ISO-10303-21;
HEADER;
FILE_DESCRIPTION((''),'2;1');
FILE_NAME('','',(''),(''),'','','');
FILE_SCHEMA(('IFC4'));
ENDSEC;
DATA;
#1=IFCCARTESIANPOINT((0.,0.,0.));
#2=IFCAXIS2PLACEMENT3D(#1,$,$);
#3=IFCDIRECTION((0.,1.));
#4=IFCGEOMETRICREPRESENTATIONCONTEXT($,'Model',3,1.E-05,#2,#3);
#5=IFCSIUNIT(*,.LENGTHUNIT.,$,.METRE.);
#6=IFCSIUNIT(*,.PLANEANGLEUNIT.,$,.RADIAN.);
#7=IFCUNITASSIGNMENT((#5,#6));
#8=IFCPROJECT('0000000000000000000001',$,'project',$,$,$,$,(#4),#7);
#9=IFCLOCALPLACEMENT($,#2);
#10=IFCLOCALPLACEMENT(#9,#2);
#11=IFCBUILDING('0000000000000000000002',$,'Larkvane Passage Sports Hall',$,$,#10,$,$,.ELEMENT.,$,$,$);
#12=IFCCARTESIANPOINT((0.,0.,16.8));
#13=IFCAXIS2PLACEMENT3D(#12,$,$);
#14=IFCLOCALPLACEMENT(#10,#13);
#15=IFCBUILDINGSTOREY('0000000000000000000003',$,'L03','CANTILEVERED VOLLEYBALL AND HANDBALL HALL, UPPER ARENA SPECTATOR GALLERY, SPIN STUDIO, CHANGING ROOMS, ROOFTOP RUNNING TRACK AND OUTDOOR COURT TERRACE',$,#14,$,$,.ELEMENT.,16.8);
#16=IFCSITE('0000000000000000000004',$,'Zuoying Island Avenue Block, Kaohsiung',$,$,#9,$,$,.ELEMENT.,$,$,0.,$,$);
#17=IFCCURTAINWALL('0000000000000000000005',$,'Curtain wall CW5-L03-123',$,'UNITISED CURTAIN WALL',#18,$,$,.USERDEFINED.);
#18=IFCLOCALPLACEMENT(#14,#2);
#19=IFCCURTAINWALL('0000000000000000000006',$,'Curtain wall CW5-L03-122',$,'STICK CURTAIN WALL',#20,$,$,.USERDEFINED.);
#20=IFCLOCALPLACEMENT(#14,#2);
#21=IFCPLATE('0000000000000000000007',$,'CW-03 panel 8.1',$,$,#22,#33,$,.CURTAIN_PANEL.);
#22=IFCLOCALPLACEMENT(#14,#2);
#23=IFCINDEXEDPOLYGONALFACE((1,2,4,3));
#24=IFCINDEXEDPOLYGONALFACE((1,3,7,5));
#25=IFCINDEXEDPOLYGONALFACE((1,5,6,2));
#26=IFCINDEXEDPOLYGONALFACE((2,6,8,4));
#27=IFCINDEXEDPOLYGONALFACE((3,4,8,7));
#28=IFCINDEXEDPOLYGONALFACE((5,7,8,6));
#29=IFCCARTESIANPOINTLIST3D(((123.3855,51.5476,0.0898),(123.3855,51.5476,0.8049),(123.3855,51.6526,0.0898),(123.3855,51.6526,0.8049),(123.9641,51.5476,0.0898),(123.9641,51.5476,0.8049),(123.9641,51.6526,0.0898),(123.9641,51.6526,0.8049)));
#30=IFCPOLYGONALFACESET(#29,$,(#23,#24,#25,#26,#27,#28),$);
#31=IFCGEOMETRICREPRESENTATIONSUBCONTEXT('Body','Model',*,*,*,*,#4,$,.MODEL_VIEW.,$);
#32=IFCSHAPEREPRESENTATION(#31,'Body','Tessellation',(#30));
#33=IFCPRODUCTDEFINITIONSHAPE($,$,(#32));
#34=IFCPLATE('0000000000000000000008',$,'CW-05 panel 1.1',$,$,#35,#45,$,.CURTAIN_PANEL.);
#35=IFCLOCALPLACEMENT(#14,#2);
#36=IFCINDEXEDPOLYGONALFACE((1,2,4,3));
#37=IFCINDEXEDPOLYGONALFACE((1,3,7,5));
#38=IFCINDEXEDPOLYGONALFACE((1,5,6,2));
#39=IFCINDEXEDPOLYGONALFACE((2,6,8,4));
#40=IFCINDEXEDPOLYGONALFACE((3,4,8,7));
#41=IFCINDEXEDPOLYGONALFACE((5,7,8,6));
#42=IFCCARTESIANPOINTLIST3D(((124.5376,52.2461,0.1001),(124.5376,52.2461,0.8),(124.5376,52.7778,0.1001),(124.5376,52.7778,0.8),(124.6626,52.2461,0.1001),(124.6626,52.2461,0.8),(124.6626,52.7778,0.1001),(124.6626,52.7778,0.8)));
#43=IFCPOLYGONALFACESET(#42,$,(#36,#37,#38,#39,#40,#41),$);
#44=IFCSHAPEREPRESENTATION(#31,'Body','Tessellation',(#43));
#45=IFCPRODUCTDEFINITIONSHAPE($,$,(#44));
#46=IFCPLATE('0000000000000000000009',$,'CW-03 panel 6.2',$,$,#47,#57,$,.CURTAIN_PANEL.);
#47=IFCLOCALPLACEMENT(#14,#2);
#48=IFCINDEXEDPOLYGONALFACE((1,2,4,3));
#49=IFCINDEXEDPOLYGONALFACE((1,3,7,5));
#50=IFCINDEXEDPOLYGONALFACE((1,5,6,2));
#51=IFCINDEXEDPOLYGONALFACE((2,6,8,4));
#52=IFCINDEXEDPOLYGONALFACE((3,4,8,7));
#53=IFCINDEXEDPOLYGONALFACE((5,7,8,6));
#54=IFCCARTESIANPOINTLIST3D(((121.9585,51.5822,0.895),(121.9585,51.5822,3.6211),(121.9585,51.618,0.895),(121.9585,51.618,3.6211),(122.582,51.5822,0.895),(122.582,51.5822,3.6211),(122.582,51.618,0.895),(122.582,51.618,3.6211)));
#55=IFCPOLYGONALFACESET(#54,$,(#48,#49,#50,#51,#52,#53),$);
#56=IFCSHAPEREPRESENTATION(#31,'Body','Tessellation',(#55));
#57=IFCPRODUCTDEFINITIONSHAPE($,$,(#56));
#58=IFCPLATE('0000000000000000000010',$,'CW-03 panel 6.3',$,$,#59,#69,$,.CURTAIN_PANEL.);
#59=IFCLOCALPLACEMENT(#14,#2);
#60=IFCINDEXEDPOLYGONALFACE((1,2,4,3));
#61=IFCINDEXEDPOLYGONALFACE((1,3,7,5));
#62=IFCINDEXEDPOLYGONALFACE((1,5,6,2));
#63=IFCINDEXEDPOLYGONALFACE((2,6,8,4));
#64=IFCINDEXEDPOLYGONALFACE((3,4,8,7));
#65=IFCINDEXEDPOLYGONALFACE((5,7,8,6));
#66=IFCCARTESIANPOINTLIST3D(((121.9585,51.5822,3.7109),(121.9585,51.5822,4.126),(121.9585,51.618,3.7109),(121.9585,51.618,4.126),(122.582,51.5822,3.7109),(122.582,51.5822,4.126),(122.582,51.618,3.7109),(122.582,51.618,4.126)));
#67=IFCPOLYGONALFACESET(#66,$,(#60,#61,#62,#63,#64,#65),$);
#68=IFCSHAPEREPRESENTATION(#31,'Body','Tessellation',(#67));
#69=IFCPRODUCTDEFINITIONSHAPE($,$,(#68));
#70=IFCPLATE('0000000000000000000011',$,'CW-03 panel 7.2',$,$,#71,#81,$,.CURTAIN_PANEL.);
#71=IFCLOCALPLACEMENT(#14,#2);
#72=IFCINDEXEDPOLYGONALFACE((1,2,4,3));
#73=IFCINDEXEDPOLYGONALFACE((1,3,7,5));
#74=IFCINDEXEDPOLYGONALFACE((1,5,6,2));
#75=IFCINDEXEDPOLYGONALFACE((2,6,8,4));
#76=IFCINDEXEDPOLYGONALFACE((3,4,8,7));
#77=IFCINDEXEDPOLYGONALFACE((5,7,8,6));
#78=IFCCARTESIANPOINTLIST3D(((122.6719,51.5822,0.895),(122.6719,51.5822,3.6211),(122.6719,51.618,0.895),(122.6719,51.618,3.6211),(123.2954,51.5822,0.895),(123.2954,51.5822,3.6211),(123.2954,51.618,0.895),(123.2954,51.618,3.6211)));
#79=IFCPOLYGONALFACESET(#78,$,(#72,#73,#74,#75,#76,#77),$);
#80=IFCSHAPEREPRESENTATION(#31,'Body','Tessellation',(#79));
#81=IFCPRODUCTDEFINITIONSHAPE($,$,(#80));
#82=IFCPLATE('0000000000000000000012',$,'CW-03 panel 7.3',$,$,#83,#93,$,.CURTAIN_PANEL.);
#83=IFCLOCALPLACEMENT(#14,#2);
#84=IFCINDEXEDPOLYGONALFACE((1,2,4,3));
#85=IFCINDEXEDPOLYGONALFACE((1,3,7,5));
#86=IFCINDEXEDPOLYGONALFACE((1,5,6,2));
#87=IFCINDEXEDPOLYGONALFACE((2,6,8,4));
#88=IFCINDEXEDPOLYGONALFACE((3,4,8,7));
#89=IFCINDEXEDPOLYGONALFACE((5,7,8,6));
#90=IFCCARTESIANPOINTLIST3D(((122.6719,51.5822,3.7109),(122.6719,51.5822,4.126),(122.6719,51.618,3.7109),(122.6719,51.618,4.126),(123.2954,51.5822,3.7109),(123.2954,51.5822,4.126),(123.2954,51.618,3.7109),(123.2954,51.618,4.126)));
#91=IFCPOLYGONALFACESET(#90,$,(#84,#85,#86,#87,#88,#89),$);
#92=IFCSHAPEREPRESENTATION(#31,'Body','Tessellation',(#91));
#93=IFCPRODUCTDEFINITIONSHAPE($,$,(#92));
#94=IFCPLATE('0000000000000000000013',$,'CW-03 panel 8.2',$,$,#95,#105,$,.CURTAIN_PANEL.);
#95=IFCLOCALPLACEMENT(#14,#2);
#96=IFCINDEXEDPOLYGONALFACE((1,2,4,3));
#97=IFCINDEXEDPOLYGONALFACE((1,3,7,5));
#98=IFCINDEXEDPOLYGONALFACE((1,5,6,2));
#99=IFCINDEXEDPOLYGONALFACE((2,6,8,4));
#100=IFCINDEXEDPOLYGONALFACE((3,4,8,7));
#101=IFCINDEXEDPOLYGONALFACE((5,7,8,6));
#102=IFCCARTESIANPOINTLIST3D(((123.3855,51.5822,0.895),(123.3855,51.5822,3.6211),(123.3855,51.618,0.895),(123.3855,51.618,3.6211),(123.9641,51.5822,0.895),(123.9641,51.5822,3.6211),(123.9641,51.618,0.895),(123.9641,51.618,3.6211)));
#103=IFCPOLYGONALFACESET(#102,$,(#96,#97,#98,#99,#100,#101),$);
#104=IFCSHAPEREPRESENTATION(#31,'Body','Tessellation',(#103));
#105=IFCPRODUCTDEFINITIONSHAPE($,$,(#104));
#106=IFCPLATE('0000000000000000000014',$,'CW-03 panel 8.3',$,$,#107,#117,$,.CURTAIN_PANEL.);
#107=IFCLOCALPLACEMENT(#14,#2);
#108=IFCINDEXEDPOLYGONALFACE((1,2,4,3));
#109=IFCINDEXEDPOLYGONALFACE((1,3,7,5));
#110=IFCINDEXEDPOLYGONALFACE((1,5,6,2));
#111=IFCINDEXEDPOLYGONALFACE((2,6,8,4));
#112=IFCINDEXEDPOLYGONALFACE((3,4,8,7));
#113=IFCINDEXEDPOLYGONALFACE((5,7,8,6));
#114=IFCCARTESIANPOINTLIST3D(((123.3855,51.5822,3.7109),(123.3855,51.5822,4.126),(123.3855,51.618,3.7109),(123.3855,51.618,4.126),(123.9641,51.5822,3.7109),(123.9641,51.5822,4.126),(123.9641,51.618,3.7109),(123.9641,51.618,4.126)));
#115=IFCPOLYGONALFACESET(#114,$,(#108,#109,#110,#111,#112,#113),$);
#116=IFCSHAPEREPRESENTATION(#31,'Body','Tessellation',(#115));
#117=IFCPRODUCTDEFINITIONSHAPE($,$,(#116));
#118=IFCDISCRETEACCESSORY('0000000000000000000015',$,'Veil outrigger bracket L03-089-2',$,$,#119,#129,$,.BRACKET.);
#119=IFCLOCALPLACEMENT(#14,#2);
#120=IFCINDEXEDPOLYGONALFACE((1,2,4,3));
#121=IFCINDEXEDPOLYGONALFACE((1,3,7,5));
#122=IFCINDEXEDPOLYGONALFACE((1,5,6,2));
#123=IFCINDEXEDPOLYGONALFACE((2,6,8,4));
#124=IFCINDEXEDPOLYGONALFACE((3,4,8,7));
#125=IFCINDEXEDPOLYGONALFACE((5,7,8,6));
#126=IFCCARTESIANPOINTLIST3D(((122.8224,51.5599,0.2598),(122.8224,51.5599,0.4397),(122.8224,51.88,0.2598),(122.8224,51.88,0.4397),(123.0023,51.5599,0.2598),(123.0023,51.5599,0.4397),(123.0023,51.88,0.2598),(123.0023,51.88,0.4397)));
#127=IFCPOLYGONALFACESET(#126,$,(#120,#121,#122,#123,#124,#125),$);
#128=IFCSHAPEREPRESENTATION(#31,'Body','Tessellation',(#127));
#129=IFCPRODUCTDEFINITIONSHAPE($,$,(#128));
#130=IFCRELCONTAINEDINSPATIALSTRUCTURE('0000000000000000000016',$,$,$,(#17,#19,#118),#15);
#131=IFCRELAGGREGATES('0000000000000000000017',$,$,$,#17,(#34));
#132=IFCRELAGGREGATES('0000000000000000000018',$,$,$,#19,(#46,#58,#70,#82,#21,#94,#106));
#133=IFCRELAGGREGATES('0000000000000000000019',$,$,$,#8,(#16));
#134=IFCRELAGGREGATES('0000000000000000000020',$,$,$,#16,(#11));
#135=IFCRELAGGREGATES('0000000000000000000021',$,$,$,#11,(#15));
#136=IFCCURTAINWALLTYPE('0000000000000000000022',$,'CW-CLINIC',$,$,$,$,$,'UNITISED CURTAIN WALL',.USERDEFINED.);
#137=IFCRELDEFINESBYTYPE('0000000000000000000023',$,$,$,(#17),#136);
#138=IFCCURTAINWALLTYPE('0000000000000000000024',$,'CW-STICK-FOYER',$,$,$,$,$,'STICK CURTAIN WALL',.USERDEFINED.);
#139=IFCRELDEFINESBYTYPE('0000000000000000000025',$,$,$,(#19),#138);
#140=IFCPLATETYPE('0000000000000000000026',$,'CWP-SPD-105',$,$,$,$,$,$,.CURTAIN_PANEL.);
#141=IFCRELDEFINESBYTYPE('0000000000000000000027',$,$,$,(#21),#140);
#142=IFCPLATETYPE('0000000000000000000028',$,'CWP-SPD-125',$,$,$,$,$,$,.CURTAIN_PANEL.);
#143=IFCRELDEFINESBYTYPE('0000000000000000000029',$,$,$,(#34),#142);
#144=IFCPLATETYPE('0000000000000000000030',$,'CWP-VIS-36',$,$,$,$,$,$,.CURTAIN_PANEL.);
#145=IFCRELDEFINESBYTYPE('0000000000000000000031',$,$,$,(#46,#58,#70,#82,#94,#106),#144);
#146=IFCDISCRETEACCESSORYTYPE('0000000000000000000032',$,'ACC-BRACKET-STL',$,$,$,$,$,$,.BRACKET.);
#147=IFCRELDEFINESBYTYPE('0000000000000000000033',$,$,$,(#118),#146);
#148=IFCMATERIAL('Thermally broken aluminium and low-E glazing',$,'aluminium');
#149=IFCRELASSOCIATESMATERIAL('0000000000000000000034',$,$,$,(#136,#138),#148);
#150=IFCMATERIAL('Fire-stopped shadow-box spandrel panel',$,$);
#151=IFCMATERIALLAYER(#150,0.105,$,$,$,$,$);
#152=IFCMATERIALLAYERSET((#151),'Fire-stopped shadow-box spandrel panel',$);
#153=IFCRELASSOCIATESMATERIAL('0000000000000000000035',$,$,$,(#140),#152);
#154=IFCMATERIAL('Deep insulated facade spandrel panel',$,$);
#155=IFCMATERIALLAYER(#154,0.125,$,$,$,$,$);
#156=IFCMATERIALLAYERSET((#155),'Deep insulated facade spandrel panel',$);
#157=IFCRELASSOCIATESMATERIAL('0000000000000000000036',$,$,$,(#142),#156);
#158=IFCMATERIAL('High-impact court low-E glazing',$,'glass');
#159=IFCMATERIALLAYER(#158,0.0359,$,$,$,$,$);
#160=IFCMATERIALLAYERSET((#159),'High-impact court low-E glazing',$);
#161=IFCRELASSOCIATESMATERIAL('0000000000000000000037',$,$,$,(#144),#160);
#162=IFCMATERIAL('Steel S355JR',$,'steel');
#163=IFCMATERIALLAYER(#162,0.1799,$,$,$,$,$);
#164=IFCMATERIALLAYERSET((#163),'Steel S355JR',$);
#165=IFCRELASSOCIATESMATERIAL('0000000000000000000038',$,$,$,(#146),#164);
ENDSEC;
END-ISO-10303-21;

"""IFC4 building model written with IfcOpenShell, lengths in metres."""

from ifc_helpers import new_model, si_unit, direction, frame, origin, origin_2d, place, context, subcontext, project, spatial, rectangle, extrude, material, layer, layer_set, type_object, element, aggregate, save


model = new_model("IFC4")

# Units and contexts
model_context = context("Model", 3, precision=1e-05, world=origin(), true_north=direction((0.0, 1.0)))
body_context = subcontext(model_context, "Body", "Model", "MODEL_VIEW")
ifc_project = project(units=[si_unit("LENGTHUNIT", "METRE"), si_unit("PLANEANGLEUNIT", "RADIAN")], contexts=[model_context])

# Site, building, storey
site_placement = place(None, origin())
site = spatial("IfcSite", under=ifc_project, at=site_placement, Name="Zuoying Island Avenue Block, Kaohsiung", CompositionType="ELEMENT", RefElevation=0.0)
building_placement = place(site_placement, origin())
building = spatial("IfcBuilding", under=site, at=building_placement, Name="Larkvane Passage Sports Hall", CompositionType="ELEMENT")
storey_placement = place(building_placement, frame((0.0, 0.0, 16.8)))
storey = spatial("IfcBuildingStorey", under=building, at=storey_placement, Name="L03", Description="CANTILEVERED VOLLEYBALL AND HANDBALL HALL, UPPER ARENA SPECTATOR GALLERY, SPIN STUDIO, CHANGING ROOMS, ROOFTOP RUNNING TRACK AND OUTDOOR COURT TERRACE", CompositionType="ELEMENT", Elevation=16.8)

# Shared definitions
ifc_material_1 = material(Name="Steel S355JR", Category="steel")

# Curtain wall
ifc_material_2 = material(Name="Thermally broken aluminium and low-E glazing", Category="aluminium")
curtain_wall_type_1 = type_object("IfcCurtainWallType", Name="CW-CLINIC", ElementType="UNITISED CURTAIN WALL", PredefinedType="USERDEFINED", material=ifc_material_2)
curtain_wall_1_placement = place(storey_placement, origin())
curtain_wall_1 = element("IfcCurtainWall", 1, at=curtain_wall_1_placement, inside=storey, type_object=curtain_wall_type_1, Name="Curtain wall CW5-L03-123", ObjectType="UNITISED CURTAIN WALL", PredefinedType="USERDEFINED")

# Curtain wall
curtain_wall_type_2 = type_object("IfcCurtainWallType", Name="CW-STICK-FOYER", ElementType="STICK CURTAIN WALL", PredefinedType="USERDEFINED", material=ifc_material_2)
curtain_wall_2_placement = place(storey_placement, origin())
curtain_wall_2 = element("IfcCurtainWall", 2, at=curtain_wall_2_placement, inside=storey, type_object=curtain_wall_type_2, Name="Curtain wall CW5-L03-122", ObjectType="STICK CURTAIN WALL", PredefinedType="USERDEFINED")

# Plates
ifc_material_3 = material(Name="Fire-stopped shadow-box spandrel panel")
ifc_layer_1 = layer(ifc_material_3, 0.105)
ifc_layer_set_1 = layer_set([ifc_layer_1], Name="Fire-stopped shadow-box spandrel panel")
plate_type_1 = type_object("IfcPlateType", Name="CWP-SPD-105", PredefinedType="CURTAIN_PANEL", material=ifc_layer_set_1)
plate_1_placement = place(storey_placement, frame((123.6748, 51.6001, 0.0898), z_axis=(0.0, 0.0, 1.0), x_axis=(1.0, 0.0, 0.0)))
plate_1 = element("IfcPlate", 3, at=plate_1_placement, type_object=plate_type_1, Name="CW-03 panel 8.1", PredefinedType="CURTAIN_PANEL", context=body_context, shape_type="SweptSolid", body=[
    extrude(rectangle(XDim=0.5786, YDim=0.105, at=origin_2d()), origin(), (0.0, 0.0, 1.0), 0.7151),
])
ifc_material_4 = material(Name="Deep insulated facade spandrel panel")
ifc_layer_2 = layer(ifc_material_4, 0.125)
ifc_layer_set_2 = layer_set([ifc_layer_2], Name="Deep insulated facade spandrel panel")
plate_type_2 = type_object("IfcPlateType", Name="CWP-SPD-125", PredefinedType="CURTAIN_PANEL", material=ifc_layer_set_2)
plate_2_placement = place(storey_placement, frame((124.6001, 52.512, 0.1001), z_axis=(0.0, 0.0, 1.0), x_axis=(0.0, 1.0, 0.0)))
plate_2 = element("IfcPlate", 4, at=plate_2_placement, type_object=plate_type_2, Name="CW-05 panel 1.1", PredefinedType="CURTAIN_PANEL", context=body_context, shape_type="SweptSolid", body=[
    extrude(rectangle(XDim=0.5317, YDim=0.125, at=origin_2d()), origin(), (0.0, 0.0, 1.0), 0.7),
])
aggregate(curtain_wall_1, [plate_2])
ifc_material_5 = material(Name="High-impact court low-E glazing", Category="glass")
ifc_layer_3 = layer(ifc_material_5, 0.0359)
ifc_layer_set_3 = layer_set([ifc_layer_3], Name="High-impact court low-E glazing")
plate_type_3 = type_object("IfcPlateType", Name="CWP-VIS-36", PredefinedType="CURTAIN_PANEL", material=ifc_layer_set_3)
plate_3_placement = place(storey_placement, frame((122.2703, 51.6001, 0.895), z_axis=(0.0, 0.0, 1.0), x_axis=(1.0, 0.0, 0.0)))
plate_3 = element("IfcPlate", 5, at=plate_3_placement, type_object=plate_type_3, Name="CW-03 panel 6.2", PredefinedType="CURTAIN_PANEL", context=body_context, shape_type="SweptSolid", body=[
    extrude(rectangle(XDim=0.6235, YDim=0.0359, at=origin_2d()), origin(), (0.0, 0.0, 1.0), 2.7261),
])
plate_4_placement = place(storey_placement, frame((122.2703, 51.6001, 3.7109), z_axis=(0.0, 0.0, 1.0), x_axis=(1.0, 0.0, 0.0)))
plate_4 = element("IfcPlate", 6, at=plate_4_placement, type_object=plate_type_3, Name="CW-03 panel 6.3", PredefinedType="CURTAIN_PANEL", context=body_context, shape_type="SweptSolid", body=[
    extrude(rectangle(XDim=0.6235, YDim=0.0359, at=origin_2d()), origin(), (0.0, 0.0, 1.0), 0.415),
])
plate_5_placement = place(storey_placement, frame((122.9836, 51.6001, 0.895), z_axis=(0.0, 0.0, 1.0), x_axis=(1.0, 0.0, 0.0)))
plate_5 = element("IfcPlate", 7, at=plate_5_placement, type_object=plate_type_3, Name="CW-03 panel 7.2", PredefinedType="CURTAIN_PANEL", context=body_context, shape_type="SweptSolid", body=[
    extrude(rectangle(XDim=0.6235, YDim=0.0359, at=origin_2d()), origin(), (0.0, 0.0, 1.0), 2.7261),
])
plate_6_placement = place(storey_placement, frame((122.9836, 51.6001, 3.7109), z_axis=(0.0, 0.0, 1.0), x_axis=(1.0, 0.0, 0.0)))
plate_6 = element("IfcPlate", 8, at=plate_6_placement, type_object=plate_type_3, Name="CW-03 panel 7.3", PredefinedType="CURTAIN_PANEL", context=body_context, shape_type="SweptSolid", body=[
    extrude(rectangle(XDim=0.6235, YDim=0.0359, at=origin_2d()), origin(), (0.0, 0.0, 1.0), 0.415),
])
plate_7_placement = place(storey_placement, frame((123.6748, 51.6001, 0.895), z_axis=(0.0, 0.0, 1.0), x_axis=(1.0, 0.0, 0.0)))
plate_7 = element("IfcPlate", 9, at=plate_7_placement, type_object=plate_type_3, Name="CW-03 panel 8.2", PredefinedType="CURTAIN_PANEL", context=body_context, shape_type="SweptSolid", body=[
    extrude(rectangle(XDim=0.5786, YDim=0.0359, at=origin_2d()), origin(), (0.0, 0.0, 1.0), 2.7261),
])
plate_8_placement = place(storey_placement, frame((123.6748, 51.6001, 3.7109), z_axis=(0.0, 0.0, 1.0), x_axis=(1.0, 0.0, 0.0)))
plate_8 = element("IfcPlate", 10, at=plate_8_placement, type_object=plate_type_3, Name="CW-03 panel 8.3", PredefinedType="CURTAIN_PANEL", context=body_context, shape_type="SweptSolid", body=[
    extrude(rectangle(XDim=0.5786, YDim=0.0359, at=origin_2d()), origin(), (0.0, 0.0, 1.0), 0.415),
])
aggregate(curtain_wall_2, [plate_3, plate_4, plate_5, plate_6, plate_1, plate_7, plate_8])

# Discrete accessory
ifc_layer_4 = layer(ifc_material_1, 0.1799)
ifc_layer_set_4 = layer_set([ifc_layer_4], Name="Steel S355JR")
discrete_accessory_type = type_object("IfcDiscreteAccessoryType", Name="ACC-BRACKET-STL", PredefinedType="BRACKET", material=ifc_layer_set_4)
discrete_accessory_placement = place(storey_placement, frame((122.9124, 51.72, 0.2598), z_axis=(0.0, 0.0, 1.0), x_axis=(1.0, 0.0, 0.0)))
element("IfcDiscreteAccessory", 11, at=discrete_accessory_placement, inside=storey, type_object=discrete_accessory_type, Name="Veil outrigger bracket L03-089-2", PredefinedType="BRACKET", context=body_context, shape_type="SweptSolid", body=[
    extrude(rectangle(XDim=0.1799, YDim=0.3201, at=origin_2d()), origin(), (0.0, 0.0, 1.0), 0.1799),
])

save(model, "model.ifc")
